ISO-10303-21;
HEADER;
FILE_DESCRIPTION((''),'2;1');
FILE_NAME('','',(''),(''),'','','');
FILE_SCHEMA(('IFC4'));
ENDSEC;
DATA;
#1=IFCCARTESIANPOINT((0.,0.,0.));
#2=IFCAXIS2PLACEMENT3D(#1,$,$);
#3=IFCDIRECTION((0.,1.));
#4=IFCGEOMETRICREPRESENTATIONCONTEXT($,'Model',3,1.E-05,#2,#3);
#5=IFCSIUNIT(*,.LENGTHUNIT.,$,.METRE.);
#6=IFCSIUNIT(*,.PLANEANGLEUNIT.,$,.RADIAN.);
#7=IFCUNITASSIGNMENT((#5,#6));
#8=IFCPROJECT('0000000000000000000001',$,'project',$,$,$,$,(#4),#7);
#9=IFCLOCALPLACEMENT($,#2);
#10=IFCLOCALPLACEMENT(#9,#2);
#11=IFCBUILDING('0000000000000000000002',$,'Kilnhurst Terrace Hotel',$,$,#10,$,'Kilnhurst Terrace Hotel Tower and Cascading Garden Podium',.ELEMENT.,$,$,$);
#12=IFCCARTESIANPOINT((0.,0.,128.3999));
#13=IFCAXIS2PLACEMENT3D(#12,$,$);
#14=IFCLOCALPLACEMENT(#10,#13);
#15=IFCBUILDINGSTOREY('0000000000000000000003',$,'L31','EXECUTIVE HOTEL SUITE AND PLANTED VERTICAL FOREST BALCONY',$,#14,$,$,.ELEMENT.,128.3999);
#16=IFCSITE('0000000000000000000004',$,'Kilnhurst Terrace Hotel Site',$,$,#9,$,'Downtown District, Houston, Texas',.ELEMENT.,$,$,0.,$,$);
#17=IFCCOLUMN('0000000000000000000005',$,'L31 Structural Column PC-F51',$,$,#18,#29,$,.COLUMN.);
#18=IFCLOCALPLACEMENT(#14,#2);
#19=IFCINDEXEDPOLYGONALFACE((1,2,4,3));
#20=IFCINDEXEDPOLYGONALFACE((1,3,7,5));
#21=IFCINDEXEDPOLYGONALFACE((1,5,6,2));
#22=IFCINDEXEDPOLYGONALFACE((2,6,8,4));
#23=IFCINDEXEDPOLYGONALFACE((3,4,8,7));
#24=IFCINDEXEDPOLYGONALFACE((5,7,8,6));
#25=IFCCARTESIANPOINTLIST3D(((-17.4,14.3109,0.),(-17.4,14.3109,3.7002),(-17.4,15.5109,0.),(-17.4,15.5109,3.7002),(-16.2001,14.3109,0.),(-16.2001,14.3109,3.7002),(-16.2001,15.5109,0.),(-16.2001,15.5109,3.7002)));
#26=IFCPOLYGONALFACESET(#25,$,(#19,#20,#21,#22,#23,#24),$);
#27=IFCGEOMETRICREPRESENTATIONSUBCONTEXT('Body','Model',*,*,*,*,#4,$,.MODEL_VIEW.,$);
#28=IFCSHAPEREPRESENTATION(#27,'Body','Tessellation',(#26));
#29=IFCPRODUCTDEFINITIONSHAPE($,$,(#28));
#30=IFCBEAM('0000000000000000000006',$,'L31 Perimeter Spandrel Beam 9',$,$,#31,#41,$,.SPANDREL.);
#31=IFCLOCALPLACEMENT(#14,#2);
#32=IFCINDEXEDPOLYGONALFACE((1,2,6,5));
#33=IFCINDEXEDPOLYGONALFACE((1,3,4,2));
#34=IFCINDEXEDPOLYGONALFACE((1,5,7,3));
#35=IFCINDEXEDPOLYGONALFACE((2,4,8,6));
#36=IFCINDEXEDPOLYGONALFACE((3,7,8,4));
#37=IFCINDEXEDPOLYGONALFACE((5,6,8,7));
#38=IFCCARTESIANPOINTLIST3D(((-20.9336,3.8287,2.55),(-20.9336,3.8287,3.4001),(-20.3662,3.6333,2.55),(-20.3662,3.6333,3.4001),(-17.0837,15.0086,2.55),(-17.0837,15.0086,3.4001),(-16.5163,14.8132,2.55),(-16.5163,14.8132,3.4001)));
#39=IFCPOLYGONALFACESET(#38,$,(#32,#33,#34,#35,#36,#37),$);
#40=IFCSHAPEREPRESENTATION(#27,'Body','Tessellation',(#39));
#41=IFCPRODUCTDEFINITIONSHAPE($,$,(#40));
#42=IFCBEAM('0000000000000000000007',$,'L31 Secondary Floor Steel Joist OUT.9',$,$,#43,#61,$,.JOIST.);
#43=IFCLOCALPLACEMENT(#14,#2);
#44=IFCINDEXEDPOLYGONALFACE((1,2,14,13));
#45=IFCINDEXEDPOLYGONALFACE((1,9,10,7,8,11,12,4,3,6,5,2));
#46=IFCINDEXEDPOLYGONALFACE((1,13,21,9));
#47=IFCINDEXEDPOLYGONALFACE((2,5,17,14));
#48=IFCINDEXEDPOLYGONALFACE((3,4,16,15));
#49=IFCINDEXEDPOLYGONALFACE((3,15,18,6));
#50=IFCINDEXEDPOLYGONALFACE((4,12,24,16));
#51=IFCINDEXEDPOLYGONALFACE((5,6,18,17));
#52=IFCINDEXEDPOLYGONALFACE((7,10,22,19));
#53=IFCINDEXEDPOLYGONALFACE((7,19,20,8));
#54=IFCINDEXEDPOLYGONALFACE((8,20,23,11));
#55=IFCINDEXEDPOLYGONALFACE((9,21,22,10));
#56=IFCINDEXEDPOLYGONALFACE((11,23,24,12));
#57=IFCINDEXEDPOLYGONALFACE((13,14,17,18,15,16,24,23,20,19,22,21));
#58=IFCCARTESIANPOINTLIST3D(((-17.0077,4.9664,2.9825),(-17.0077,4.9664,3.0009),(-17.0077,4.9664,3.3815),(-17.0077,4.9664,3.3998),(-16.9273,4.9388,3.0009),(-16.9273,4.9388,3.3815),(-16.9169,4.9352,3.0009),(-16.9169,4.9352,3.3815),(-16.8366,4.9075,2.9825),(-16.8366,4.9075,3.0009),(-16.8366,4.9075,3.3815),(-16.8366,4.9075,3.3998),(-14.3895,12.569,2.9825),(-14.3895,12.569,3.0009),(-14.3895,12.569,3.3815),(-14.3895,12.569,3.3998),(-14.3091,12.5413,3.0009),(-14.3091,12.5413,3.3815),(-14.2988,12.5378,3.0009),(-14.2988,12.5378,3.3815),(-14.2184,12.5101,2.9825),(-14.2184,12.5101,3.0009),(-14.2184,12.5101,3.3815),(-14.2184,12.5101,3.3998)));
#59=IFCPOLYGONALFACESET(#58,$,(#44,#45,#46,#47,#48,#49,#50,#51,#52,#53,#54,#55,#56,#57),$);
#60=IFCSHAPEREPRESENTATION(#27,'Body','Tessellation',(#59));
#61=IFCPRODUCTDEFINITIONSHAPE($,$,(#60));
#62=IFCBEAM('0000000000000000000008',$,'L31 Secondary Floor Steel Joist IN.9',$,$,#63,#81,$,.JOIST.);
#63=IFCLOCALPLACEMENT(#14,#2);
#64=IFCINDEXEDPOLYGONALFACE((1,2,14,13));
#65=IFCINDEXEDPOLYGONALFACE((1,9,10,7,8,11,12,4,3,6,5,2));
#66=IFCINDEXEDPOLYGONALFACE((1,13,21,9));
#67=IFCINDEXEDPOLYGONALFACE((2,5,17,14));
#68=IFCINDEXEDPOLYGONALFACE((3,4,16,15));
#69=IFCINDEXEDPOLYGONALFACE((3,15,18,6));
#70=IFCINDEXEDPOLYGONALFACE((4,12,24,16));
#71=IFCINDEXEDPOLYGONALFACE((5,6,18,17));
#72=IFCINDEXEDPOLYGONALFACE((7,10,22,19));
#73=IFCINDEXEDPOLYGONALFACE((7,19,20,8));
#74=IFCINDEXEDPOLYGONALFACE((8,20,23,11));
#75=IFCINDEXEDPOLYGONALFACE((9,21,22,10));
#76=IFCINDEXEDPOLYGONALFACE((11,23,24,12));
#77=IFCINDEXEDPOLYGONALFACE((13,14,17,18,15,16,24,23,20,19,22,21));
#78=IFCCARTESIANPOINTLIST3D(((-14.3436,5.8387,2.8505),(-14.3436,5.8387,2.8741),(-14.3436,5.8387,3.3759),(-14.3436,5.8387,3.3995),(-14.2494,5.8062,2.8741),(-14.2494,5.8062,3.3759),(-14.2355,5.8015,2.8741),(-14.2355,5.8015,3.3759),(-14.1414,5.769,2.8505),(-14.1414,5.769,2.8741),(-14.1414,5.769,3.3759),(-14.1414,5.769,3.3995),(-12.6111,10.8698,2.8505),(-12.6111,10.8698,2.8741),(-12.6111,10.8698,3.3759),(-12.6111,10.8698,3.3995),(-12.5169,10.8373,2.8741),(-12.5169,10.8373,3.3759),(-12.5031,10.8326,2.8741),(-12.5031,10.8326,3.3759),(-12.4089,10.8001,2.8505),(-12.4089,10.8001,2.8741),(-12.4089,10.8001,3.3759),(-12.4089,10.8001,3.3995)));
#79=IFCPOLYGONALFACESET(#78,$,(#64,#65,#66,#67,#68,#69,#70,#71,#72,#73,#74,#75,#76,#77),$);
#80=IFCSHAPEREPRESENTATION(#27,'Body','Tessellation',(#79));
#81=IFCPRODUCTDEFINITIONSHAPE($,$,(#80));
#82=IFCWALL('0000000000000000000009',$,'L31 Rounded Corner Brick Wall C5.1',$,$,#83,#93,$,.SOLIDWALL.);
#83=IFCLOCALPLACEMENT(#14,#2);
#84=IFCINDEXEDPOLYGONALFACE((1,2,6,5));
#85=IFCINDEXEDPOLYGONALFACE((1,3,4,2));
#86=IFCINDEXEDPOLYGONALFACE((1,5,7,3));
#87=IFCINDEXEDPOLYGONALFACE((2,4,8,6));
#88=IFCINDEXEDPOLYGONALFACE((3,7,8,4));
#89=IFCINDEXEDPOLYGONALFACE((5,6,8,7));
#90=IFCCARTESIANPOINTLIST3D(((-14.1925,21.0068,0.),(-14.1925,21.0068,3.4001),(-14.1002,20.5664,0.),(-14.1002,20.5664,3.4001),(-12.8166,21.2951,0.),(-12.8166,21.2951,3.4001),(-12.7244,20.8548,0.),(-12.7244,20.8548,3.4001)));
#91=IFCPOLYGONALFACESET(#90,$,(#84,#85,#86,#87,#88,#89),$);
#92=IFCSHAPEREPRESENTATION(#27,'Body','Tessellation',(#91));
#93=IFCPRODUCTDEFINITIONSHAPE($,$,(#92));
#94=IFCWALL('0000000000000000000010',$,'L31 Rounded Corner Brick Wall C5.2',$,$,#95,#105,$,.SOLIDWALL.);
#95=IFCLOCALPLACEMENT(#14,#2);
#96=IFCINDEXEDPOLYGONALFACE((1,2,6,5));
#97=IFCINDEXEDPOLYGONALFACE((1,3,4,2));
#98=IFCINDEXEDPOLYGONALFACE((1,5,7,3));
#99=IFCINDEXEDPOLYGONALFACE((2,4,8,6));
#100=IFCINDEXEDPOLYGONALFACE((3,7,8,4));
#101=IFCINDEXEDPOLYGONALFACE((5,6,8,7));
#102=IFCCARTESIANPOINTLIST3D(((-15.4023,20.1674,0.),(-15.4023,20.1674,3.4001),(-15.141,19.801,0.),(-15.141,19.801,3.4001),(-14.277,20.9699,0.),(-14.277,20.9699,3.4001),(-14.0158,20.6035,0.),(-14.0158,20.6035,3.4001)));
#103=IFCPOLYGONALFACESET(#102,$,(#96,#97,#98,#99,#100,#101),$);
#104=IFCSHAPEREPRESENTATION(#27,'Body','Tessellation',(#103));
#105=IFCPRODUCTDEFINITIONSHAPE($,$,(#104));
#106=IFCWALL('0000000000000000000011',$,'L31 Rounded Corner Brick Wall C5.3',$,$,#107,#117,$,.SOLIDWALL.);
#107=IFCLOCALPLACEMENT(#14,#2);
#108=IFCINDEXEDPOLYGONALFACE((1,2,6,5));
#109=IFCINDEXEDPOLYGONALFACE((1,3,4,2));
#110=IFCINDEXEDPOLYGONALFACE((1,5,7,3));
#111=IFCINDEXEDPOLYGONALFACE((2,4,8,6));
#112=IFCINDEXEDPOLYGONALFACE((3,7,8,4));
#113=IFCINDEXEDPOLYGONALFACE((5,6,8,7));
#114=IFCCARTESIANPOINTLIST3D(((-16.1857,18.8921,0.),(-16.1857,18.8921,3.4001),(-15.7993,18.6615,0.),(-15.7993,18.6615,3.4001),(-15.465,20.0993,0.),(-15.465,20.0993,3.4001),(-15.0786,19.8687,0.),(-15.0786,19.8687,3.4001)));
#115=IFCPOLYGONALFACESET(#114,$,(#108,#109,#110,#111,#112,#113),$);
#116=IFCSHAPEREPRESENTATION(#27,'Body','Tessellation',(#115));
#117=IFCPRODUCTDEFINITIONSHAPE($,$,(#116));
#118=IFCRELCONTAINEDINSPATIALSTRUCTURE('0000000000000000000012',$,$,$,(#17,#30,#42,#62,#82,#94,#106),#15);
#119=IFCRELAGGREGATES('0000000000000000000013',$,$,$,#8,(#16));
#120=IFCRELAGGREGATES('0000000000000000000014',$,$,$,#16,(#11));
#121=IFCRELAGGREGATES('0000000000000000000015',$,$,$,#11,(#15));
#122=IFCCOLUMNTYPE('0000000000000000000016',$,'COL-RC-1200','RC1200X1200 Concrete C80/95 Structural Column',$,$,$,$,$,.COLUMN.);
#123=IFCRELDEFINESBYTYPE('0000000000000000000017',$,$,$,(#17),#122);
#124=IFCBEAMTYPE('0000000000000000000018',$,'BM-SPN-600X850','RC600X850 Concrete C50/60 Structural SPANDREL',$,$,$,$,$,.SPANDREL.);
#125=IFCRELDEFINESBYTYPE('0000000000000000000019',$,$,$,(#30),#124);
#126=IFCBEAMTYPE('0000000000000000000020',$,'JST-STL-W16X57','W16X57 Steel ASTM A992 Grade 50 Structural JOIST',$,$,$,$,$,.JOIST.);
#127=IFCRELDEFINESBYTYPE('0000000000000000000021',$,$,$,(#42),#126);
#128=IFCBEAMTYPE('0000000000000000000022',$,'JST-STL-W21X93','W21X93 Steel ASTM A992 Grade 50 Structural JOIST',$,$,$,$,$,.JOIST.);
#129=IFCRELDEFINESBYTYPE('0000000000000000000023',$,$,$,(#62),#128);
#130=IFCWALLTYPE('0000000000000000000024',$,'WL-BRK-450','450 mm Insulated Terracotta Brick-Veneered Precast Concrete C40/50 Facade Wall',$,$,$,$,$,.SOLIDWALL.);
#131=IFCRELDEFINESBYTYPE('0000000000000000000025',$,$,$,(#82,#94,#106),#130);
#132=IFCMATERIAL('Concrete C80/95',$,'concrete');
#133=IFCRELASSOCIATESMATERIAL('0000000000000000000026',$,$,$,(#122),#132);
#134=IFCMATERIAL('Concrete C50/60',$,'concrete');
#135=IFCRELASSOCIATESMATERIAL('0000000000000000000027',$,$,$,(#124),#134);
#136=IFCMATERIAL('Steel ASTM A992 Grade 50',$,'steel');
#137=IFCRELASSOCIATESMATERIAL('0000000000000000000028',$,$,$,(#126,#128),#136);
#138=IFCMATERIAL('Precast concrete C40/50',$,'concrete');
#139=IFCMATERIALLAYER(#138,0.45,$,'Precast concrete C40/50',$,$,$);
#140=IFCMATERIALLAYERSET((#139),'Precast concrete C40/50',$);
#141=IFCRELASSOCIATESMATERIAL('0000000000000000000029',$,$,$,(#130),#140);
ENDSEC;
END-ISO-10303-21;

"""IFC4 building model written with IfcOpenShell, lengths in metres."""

from ifc_helpers import new_model, si_unit, direction, frame, frame_2d, origin, origin_2d, place, context, subcontext, project, spatial, rectangle, i_section, extrude, material, layer, layer_set, material_profile, profile_set, type_object, element, save


model = new_model("IFC4")

# Units and contexts
model_context = context("Model", 3, precision=1e-05, world=origin(), true_north=direction((0.0, 1.0)))
body_context = subcontext(model_context, "Body", "Model", "MODEL_VIEW")
ifc_project = project(units=[si_unit("LENGTHUNIT", "METRE"), si_unit("PLANEANGLEUNIT", "RADIAN")], contexts=[model_context])

# Site, building, storey
site_placement = place(None, origin())
site = spatial("IfcSite", under=ifc_project, at=site_placement, Name="Kilnhurst Terrace Hotel Site", LongName="Downtown District, Houston, Texas", CompositionType="ELEMENT", RefElevation=0.0)
building_placement = place(site_placement, origin())
building = spatial("IfcBuilding", under=site, at=building_placement, Name="Kilnhurst Terrace Hotel", LongName="Kilnhurst Terrace Hotel Tower and Cascading Garden Podium", CompositionType="ELEMENT")
storey_placement = place(building_placement, frame((0.0, 0.0, 128.3999)))
storey = spatial("IfcBuildingStorey", under=building, at=storey_placement, Name="L31", Description="EXECUTIVE HOTEL SUITE AND PLANTED VERTICAL FOREST BALCONY", CompositionType="ELEMENT", Elevation=128.3999)

# Column
ifc_material_1 = material(Name="Concrete C80/95", Category="concrete")
ifc_material_profile_1 = material_profile(ifc_material_1, rectangle(XDim=1.2, YDim=1.2, at=origin_2d()), Name="RC1200X1200")
ifc_profile_set_1 = profile_set([ifc_material_profile_1], Name="Concrete C80/95")
column_type = type_object("IfcColumnType", Name="COL-RC-1200", Description="RC1200X1200 Concrete C80/95 Structural Column", PredefinedType="COLUMN", material=ifc_profile_set_1)
column_placement = place(storey_placement, frame((-16.8, 14.9109, 0.0), z_axis=(0.0, 0.0, 1.0), x_axis=(1.0, 0.0, 0.0)))
element("IfcColumn", 1, at=column_placement, inside=storey, type_object=column_type, Name="L31 Structural Column PC-F51", PredefinedType="COLUMN", context=body_context, shape_type="SweptSolid", body=[
    extrude(rectangle(XDim=1.2, YDim=1.2, at=origin_2d()), origin(), (0.0, 0.0, 1.0), 3.7002),
])

# Beams
ifc_material_2 = material(Name="Concrete C50/60", Category="concrete")
ifc_material_profile_2 = material_profile(ifc_material_2, rectangle(XDim=0.6001, YDim=0.8501, at=origin_2d()), Name="RC600X850")
ifc_profile_set_2 = profile_set([ifc_material_profile_2], Name="Concrete C50/60")
beam_type_1 = type_object("IfcBeamType", Name="BM-SPN-600X850", Description="RC600X850 Concrete C50/60 Structural SPANDREL", PredefinedType="SPANDREL", material=ifc_profile_set_2)
beam_1_placement = place(storey_placement, frame((-16.8, 14.9109, 2.9751), z_axis=(-0.32559, -0.945511, 0.0), x_axis=(0.945511, -0.32559, 0.0)))
element("IfcBeam", 2, at=beam_1_placement, inside=storey, type_object=beam_type_1, Name="L31 Perimeter Spandrel Beam 9", PredefinedType="SPANDREL", context=body_context, shape_type="SweptSolid", body=[
    extrude(rectangle(XDim=0.6001, YDim=0.8501, at=origin_2d()), origin(), (0.0, 0.0, 1.0), 11.8242),
])
ifc_material_3 = material(Name="Steel ASTM A992 Grade 50", Category="steel")
ifc_material_profile_3 = material_profile(ifc_material_3, i_section(OverallWidth=0.1809, OverallDepth=0.4172, WebThickness=0.011, FlangeThickness=0.0183, at=origin_2d()), Name="W16X57")
ifc_profile_set_3 = profile_set([ifc_material_profile_3], Name="Steel ASTM A992 Grade 50")
beam_type_2 = type_object("IfcBeamType", Name="JST-STL-W16X57", Description="W16X57 Steel ASTM A992 Grade 50 Structural JOIST", PredefinedType="JOIST", material=ifc_profile_set_3)
beam_2_placement = place(storey_placement, frame((-14.304, 12.5396, 3.1912), z_axis=(-0.325613, -0.945503, 0.0), x_axis=(0.945503, -0.325613, 0.0)))
element("IfcBeam", 3, at=beam_2_placement, inside=storey, type_object=beam_type_2, Name="L31 Secondary Floor Steel Joist OUT.9", PredefinedType="JOIST", context=body_context, shape_type="SweptSolid", body=[
    extrude(i_section(OverallWidth=0.1809, OverallDepth=0.4172, WebThickness=0.011, FlangeThickness=0.0183, at=origin_2d()), origin(), (0.0, 0.0, 1.0), 8.0408),
])
ifc_material_profile_4 = material_profile(ifc_material_3, i_section(OverallWidth=0.2139, OverallDepth=0.5491, WebThickness=0.0146, FlangeThickness=0.0237, at=origin_2d()), Name="W21X93")
ifc_profile_set_4 = profile_set([ifc_material_profile_4], Name="Steel ASTM A992 Grade 50")
beam_type_3 = type_object("IfcBeamType", Name="JST-STL-W21X93", Description="W21X93 Steel ASTM A992 Grade 50 Structural JOIST", PredefinedType="JOIST", material=ifc_profile_set_4)
beam_3_placement = place(storey_placement, frame((-12.51, 10.835, 3.125), z_axis=(-0.325586, -0.945512, 0.0), x_axis=(0.945512, -0.325586, 0.0)))
element("IfcBeam", 4, at=beam_3_placement, inside=storey, type_object=beam_type_3, Name="L31 Secondary Floor Steel Joist IN.9", PredefinedType="JOIST", context=body_context, shape_type="SweptSolid", body=[
    extrude(i_section(OverallWidth=0.2139, OverallDepth=0.5491, WebThickness=0.0146, FlangeThickness=0.0237, at=origin_2d()), origin(), (0.0, 0.0, 1.0), 5.321),
])

# Walls
ifc_material_4 = material(Name="Precast concrete C40/50", Category="concrete")
ifc_layer_1 = layer(ifc_material_4, 0.45, Name="Precast concrete C40/50")
ifc_layer_set_1 = layer_set([ifc_layer_1], Name="Precast concrete C40/50")
wall_type_1 = type_object("IfcWallType", Name="WL-BRK-450", Description="450 mm Insulated Terracotta Brick-Veneered Precast Concrete C40/50 Facade Wall", PredefinedType="SOLIDWALL", material=ifc_layer_set_1)
wall_1_placement = place(storey_placement, frame((-12.7705, 21.075, 0.0), z_axis=(0.0, 0.0, 1.0), x_axis=(-0.978743, -0.205091, 0.0)))
element("IfcWall", 5, at=wall_1_placement, inside=storey, type_object=wall_type_1, Name="L31 Rounded Corner Brick Wall C5.1", PredefinedType="SOLIDWALL", context=body_context, shape_type="SweptSolid", body=[
    extrude(rectangle(XDim=1.4058, YDim=0.45, at=frame_2d((0.7029, 0.0))), origin(), (0.0, 0.0, 1.0), 3.4001),
])
wall_2_placement = place(storey_placement, frame((-14.1465, 20.7866, 0.0), z_axis=(0.0, 0.0, 1.0), x_axis=(-0.814163, -0.580636, 0.0)))
element("IfcWall", 6, at=wall_2_placement, inside=storey, type_object=wall_type_1, Name="L31 Rounded Corner Brick Wall C5.2", PredefinedType="SOLIDWALL", context=body_context, shape_type="SweptSolid", body=[
    extrude(rectangle(XDim=1.3821, YDim=0.45, at=frame_2d((0.6909, 0.0))), origin(), (0.0, 0.0, 1.0), 3.4001),
])
wall_3_placement = place(storey_placement, frame((-15.2717, 19.9841, 0.0), z_axis=(0.0, 0.0, 1.0), x_axis=(-0.512579, -0.85864, 0.0)))
element("IfcWall", 7, at=wall_3_placement, inside=storey, type_object=wall_type_1, Name="L31 Rounded Corner Brick Wall C5.3", PredefinedType="SOLIDWALL", context=body_context, shape_type="SweptSolid", body=[
    extrude(rectangle(XDim=1.406, YDim=0.45, at=frame_2d((0.7031, 0.0))), origin(), (0.0, 0.0, 1.0), 3.4001),
])

save(model, "model.ifc")
